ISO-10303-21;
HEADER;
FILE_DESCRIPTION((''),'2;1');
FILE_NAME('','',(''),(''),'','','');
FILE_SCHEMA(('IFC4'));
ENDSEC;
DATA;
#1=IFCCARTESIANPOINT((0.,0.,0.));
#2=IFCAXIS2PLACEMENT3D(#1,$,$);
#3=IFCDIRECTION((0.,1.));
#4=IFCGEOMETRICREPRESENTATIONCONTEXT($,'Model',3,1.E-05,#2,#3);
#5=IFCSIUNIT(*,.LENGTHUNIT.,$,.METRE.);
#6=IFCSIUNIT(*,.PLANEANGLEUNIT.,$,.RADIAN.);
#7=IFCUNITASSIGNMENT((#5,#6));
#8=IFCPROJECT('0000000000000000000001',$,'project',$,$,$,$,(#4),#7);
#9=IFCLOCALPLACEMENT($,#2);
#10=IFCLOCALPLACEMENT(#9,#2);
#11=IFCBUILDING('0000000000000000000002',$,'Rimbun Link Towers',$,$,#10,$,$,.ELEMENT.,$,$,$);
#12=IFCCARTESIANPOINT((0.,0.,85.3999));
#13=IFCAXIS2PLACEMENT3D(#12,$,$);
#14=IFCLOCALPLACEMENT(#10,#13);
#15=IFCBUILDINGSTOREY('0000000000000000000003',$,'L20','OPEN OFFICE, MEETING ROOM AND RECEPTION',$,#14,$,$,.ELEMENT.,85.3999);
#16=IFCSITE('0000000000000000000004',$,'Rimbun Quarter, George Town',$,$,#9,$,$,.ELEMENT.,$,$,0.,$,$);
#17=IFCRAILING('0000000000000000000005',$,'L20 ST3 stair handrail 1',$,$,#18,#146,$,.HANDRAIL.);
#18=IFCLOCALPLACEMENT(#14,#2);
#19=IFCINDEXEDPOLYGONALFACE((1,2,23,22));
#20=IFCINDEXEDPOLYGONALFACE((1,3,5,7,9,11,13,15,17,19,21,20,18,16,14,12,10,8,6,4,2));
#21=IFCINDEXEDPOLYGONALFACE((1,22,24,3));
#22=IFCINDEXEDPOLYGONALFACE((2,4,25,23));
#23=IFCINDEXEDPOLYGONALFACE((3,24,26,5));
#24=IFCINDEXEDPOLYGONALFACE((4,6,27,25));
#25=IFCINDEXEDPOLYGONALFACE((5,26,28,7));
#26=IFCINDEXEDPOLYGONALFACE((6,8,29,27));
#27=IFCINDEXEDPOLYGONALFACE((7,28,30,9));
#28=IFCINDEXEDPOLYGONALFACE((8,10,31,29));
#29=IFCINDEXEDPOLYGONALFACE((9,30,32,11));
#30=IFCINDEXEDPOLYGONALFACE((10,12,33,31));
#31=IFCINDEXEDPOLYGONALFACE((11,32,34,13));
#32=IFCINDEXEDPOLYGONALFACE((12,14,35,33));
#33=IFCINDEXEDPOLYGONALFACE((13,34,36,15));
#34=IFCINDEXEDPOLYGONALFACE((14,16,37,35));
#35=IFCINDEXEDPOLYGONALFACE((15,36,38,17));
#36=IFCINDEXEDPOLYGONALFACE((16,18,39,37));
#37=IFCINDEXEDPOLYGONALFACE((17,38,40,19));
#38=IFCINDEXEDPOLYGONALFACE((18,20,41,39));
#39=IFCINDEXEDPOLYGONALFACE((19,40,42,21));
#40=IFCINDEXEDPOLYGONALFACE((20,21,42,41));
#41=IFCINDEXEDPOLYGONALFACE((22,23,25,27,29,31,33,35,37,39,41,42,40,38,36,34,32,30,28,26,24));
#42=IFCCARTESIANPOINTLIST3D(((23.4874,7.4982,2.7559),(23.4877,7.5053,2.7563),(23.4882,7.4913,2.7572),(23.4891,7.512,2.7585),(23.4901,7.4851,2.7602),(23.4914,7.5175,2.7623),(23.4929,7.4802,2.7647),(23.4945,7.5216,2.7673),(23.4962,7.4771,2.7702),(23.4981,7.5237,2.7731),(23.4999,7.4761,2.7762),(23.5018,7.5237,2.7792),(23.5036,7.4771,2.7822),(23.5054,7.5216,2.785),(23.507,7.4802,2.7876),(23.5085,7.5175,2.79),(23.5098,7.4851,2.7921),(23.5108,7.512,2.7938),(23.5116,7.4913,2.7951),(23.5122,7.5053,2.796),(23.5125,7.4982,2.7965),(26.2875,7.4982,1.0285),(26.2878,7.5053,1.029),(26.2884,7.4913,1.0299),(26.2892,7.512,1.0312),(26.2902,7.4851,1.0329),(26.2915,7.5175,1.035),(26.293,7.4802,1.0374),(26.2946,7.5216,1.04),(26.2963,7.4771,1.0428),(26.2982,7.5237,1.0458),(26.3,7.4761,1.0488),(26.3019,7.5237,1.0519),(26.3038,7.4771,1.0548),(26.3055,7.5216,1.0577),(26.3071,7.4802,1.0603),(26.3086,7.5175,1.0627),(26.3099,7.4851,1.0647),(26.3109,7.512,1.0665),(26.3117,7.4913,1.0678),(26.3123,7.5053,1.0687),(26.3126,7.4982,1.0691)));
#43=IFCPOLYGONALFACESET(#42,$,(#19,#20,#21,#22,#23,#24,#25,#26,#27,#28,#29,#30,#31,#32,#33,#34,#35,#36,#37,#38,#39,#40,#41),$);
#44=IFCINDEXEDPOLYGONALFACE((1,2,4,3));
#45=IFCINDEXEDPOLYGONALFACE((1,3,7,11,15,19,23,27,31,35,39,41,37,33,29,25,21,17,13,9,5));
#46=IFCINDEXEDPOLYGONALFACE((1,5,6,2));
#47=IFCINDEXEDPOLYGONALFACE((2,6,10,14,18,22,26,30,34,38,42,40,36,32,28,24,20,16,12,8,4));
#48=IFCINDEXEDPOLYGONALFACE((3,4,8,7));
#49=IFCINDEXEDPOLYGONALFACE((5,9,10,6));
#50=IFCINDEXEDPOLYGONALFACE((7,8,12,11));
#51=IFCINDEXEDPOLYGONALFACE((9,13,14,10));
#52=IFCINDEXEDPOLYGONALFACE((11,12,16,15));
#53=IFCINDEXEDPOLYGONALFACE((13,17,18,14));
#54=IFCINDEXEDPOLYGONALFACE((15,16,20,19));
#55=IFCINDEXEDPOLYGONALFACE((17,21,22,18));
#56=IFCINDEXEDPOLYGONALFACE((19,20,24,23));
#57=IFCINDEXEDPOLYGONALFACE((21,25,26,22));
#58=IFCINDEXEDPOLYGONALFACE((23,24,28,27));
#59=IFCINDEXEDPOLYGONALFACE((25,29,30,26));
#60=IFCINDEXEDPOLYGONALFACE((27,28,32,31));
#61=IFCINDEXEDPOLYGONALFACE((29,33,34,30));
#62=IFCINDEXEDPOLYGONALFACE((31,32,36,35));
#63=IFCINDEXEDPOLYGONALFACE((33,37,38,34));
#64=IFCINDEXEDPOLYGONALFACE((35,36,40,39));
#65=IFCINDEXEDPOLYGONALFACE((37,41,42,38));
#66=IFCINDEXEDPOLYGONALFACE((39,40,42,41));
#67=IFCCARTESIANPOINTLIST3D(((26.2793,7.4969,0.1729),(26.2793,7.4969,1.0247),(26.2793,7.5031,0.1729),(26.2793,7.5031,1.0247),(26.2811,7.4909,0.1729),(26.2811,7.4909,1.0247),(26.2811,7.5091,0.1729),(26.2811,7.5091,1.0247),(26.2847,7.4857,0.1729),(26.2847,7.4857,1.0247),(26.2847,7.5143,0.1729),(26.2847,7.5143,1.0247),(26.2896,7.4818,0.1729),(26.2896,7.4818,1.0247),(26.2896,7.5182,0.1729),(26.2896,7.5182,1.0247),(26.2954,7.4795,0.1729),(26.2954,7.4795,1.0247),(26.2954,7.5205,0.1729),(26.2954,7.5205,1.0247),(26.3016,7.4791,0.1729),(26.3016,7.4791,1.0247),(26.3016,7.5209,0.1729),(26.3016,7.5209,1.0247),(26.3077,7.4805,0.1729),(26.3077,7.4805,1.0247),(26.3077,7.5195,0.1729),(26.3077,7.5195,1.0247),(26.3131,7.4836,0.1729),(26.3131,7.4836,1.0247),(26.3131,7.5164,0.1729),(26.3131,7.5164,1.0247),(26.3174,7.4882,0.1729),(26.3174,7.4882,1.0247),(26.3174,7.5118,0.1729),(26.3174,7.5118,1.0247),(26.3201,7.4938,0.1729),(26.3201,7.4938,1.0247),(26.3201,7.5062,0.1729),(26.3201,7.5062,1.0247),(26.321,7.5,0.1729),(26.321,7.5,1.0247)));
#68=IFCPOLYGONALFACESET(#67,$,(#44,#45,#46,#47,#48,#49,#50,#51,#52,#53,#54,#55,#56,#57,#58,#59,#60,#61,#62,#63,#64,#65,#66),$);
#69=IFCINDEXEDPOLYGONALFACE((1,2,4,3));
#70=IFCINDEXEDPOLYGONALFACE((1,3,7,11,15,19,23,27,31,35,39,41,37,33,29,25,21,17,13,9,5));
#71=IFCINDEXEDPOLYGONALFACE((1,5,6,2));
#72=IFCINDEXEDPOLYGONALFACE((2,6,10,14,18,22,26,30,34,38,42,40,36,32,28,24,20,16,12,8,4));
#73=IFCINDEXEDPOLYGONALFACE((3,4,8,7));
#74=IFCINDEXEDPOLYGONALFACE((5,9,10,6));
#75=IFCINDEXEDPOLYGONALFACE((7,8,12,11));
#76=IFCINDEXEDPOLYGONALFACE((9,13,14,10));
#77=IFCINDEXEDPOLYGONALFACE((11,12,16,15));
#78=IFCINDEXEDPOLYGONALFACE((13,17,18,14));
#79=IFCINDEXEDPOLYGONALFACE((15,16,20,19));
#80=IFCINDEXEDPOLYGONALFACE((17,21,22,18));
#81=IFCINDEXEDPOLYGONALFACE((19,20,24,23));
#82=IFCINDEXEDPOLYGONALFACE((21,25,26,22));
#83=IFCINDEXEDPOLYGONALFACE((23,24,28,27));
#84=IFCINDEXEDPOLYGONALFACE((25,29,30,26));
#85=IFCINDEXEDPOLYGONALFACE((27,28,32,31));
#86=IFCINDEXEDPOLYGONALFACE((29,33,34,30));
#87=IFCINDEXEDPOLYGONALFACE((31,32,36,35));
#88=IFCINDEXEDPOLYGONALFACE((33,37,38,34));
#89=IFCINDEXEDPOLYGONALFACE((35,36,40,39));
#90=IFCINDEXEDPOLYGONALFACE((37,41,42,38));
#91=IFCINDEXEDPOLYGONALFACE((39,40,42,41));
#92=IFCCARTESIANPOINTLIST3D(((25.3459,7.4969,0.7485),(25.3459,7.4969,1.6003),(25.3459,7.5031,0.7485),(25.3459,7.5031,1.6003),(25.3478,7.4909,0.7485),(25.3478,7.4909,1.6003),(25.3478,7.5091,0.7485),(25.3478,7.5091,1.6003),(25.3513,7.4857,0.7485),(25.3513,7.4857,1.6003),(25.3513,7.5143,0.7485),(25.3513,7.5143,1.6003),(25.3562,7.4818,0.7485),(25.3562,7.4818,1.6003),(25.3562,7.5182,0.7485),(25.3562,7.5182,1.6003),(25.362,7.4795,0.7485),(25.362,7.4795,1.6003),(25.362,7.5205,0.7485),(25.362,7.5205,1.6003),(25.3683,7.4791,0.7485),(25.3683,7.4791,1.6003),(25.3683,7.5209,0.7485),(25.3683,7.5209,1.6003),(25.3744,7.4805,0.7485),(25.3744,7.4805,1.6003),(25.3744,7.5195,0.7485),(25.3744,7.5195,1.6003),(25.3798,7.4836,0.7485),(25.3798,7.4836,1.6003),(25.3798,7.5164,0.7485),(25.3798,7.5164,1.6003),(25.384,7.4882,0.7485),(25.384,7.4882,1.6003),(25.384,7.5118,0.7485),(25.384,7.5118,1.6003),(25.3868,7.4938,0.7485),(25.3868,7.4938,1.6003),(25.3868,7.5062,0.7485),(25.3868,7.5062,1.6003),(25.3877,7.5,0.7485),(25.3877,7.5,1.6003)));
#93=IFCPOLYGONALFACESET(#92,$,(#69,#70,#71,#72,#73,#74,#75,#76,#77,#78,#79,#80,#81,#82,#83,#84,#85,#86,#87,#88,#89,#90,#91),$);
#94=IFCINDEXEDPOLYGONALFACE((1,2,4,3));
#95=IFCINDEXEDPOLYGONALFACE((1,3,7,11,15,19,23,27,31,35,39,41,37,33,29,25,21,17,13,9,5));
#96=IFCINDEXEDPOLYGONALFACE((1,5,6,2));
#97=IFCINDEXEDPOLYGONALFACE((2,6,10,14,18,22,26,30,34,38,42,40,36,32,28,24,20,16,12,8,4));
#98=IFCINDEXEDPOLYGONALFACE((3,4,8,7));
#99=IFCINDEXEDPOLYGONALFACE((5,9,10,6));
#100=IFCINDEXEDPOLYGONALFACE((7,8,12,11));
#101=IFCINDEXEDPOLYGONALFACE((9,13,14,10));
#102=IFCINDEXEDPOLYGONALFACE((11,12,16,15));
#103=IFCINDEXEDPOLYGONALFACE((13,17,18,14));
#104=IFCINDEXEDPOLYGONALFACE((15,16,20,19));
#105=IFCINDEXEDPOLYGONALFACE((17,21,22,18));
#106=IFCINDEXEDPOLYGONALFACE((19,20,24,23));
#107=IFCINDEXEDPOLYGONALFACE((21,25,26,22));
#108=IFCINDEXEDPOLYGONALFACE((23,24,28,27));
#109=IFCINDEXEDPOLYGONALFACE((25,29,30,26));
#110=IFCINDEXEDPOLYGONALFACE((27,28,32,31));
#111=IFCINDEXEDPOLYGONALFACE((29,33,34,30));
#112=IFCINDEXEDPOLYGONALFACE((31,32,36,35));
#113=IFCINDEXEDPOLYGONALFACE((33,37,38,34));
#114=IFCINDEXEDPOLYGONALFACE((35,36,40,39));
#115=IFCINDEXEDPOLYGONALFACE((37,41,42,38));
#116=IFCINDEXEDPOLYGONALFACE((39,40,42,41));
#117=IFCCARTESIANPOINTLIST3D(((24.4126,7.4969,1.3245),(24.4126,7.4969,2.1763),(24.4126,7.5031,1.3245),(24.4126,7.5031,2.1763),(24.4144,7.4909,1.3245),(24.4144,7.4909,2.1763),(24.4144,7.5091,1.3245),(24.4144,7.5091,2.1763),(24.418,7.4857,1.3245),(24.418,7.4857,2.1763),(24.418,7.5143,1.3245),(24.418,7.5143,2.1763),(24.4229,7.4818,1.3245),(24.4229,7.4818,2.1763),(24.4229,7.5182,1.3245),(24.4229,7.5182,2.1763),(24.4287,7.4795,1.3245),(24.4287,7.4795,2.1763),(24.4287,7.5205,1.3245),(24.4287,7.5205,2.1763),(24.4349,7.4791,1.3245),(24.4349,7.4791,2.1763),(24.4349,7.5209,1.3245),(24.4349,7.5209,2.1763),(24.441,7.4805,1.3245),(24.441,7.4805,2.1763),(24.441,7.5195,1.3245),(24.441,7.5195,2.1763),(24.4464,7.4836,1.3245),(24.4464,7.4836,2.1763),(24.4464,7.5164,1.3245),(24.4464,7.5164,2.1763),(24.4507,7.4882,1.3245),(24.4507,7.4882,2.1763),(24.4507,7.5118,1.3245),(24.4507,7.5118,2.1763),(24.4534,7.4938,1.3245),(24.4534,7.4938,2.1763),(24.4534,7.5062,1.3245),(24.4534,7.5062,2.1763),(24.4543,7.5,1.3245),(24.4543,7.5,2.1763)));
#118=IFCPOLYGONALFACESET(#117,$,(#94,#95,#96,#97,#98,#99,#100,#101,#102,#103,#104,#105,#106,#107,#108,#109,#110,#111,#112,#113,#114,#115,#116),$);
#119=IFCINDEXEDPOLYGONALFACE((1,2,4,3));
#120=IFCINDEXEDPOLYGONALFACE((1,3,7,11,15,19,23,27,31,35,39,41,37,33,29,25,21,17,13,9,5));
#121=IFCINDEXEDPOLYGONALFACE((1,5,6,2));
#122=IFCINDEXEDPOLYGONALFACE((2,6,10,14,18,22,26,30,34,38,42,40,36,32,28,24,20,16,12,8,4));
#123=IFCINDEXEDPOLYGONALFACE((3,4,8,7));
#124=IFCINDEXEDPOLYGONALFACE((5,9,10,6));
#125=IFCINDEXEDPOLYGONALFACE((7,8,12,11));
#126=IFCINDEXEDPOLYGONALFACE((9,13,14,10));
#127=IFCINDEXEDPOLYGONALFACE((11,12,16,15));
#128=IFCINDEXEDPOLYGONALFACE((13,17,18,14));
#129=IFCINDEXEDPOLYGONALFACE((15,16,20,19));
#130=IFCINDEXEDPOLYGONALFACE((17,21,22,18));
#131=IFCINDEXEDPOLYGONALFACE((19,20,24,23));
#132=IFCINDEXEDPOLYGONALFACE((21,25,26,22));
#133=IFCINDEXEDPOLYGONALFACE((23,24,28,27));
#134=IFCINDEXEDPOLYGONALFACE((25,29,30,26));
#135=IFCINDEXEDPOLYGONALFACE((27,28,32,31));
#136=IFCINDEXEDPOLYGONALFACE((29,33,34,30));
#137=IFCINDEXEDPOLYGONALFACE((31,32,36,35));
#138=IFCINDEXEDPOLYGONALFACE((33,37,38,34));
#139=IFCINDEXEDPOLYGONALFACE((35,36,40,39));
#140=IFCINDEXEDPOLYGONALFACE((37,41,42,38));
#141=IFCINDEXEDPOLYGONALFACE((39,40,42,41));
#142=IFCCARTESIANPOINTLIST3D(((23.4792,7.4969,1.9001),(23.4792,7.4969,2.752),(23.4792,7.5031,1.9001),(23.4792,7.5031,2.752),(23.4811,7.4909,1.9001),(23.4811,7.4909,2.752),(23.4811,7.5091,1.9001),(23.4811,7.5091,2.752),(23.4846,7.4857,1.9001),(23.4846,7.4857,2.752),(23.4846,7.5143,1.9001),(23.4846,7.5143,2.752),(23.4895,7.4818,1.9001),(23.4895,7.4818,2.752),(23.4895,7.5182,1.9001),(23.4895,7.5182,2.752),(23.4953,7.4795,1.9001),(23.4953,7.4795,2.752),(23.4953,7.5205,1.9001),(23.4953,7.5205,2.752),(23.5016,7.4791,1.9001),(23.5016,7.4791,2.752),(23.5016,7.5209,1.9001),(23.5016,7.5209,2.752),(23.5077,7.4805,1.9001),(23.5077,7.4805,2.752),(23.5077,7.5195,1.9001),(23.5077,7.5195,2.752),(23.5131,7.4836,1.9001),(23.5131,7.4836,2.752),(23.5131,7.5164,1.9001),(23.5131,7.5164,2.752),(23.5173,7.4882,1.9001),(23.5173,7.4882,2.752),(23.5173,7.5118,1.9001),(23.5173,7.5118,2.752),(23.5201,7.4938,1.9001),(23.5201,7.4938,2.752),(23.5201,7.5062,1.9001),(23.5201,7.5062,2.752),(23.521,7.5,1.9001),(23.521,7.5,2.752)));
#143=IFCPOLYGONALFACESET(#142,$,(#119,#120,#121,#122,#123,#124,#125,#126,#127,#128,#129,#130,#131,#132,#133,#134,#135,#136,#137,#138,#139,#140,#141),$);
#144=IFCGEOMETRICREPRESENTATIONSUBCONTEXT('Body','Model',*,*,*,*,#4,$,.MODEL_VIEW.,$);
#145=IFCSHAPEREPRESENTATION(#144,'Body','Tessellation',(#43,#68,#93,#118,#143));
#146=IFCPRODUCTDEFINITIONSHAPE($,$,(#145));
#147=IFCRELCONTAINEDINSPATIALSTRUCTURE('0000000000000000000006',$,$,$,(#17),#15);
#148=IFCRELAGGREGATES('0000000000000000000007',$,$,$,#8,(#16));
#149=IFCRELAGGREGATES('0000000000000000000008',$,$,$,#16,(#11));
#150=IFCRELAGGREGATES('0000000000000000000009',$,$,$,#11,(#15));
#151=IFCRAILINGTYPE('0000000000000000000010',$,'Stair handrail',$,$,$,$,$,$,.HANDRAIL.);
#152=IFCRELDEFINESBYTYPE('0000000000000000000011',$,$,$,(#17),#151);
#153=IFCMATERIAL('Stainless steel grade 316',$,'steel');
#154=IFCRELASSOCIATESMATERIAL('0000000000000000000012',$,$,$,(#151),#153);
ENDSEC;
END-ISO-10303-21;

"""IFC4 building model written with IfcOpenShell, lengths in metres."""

from ifc_helpers import new_model, si_unit, direction, frame, origin, origin_2d, place, context, subcontext, project, spatial, circle, extrude, material, type_object, element, save


model = new_model("IFC4")

# Units and contexts
model_context = context("Model", 3, precision=1e-05, world=origin(), true_north=direction((0.0, 1.0)))
body_context = subcontext(model_context, "Body", "Model", "MODEL_VIEW")
ifc_project = project(units=[si_unit("LENGTHUNIT", "METRE"), si_unit("PLANEANGLEUNIT", "RADIAN")], contexts=[model_context])

# Site, building, storey
site_placement = place(None, origin())
site = spatial("IfcSite", under=ifc_project, at=site_placement, Name="Rimbun Quarter, George Town", CompositionType="ELEMENT", RefElevation=0.0)
building_placement = place(site_placement, origin())
building = spatial("IfcBuilding", under=site, at=building_placement, Name="Rimbun Link Towers", CompositionType="ELEMENT")
storey_placement = place(building_placement, frame((0.0, 0.0, 85.3999)))
storey = spatial("IfcBuildingStorey", under=building, at=storey_placement, Name="L20", Description="OPEN OFFICE, MEETING ROOM AND RECEPTION", CompositionType="ELEMENT", Elevation=85.3999)

# Railing
ifc_material_1 = material(Name="Stainless steel grade 316", Category="steel")
railing_type_1 = type_object("IfcRailingType", Name="Stair handrail", PredefinedType="HANDRAIL", material=ifc_material_1)
railing_1_placement = place(storey_placement, frame((26.3, 7.5, 0.1729)))
element("IfcRailing", 1, at=railing_1_placement, inside=storey, type_object=railing_type_1, Name="L20 ST3 stair handrail 1", PredefinedType="HANDRAIL", context=body_context, shape_type="SweptSolid", body=[
    extrude(circle(Radius=0.0239, at=origin_2d()), frame((0.0, 0.0, 0.876), z_axis=(-0.85109, 0.0, 0.52502), x_axis=(0.0, -1.0, 0.0)), (0.0, 0.0, 1.0), 3.29),
    extrude(circle(Radius=0.021, at=origin_2d()), origin(), (0.0, 0.0, 1.0), 0.8518),
    extrude(circle(Radius=0.021, at=origin_2d()), frame((-0.9333, 0.0, 0.5757)), (0.0, 0.0, 1.0), 0.8518),
    extrude(circle(Radius=0.021, at=origin_2d()), frame((-1.8667, 0.0, 1.1516)), (0.0, 0.0, 1.0), 0.8518),
    extrude(circle(Radius=0.021, at=origin_2d()), frame((-2.8, 0.0, 1.7273)), (0.0, 0.0, 1.0), 0.8518),
])

save(model, "model.ifc")
